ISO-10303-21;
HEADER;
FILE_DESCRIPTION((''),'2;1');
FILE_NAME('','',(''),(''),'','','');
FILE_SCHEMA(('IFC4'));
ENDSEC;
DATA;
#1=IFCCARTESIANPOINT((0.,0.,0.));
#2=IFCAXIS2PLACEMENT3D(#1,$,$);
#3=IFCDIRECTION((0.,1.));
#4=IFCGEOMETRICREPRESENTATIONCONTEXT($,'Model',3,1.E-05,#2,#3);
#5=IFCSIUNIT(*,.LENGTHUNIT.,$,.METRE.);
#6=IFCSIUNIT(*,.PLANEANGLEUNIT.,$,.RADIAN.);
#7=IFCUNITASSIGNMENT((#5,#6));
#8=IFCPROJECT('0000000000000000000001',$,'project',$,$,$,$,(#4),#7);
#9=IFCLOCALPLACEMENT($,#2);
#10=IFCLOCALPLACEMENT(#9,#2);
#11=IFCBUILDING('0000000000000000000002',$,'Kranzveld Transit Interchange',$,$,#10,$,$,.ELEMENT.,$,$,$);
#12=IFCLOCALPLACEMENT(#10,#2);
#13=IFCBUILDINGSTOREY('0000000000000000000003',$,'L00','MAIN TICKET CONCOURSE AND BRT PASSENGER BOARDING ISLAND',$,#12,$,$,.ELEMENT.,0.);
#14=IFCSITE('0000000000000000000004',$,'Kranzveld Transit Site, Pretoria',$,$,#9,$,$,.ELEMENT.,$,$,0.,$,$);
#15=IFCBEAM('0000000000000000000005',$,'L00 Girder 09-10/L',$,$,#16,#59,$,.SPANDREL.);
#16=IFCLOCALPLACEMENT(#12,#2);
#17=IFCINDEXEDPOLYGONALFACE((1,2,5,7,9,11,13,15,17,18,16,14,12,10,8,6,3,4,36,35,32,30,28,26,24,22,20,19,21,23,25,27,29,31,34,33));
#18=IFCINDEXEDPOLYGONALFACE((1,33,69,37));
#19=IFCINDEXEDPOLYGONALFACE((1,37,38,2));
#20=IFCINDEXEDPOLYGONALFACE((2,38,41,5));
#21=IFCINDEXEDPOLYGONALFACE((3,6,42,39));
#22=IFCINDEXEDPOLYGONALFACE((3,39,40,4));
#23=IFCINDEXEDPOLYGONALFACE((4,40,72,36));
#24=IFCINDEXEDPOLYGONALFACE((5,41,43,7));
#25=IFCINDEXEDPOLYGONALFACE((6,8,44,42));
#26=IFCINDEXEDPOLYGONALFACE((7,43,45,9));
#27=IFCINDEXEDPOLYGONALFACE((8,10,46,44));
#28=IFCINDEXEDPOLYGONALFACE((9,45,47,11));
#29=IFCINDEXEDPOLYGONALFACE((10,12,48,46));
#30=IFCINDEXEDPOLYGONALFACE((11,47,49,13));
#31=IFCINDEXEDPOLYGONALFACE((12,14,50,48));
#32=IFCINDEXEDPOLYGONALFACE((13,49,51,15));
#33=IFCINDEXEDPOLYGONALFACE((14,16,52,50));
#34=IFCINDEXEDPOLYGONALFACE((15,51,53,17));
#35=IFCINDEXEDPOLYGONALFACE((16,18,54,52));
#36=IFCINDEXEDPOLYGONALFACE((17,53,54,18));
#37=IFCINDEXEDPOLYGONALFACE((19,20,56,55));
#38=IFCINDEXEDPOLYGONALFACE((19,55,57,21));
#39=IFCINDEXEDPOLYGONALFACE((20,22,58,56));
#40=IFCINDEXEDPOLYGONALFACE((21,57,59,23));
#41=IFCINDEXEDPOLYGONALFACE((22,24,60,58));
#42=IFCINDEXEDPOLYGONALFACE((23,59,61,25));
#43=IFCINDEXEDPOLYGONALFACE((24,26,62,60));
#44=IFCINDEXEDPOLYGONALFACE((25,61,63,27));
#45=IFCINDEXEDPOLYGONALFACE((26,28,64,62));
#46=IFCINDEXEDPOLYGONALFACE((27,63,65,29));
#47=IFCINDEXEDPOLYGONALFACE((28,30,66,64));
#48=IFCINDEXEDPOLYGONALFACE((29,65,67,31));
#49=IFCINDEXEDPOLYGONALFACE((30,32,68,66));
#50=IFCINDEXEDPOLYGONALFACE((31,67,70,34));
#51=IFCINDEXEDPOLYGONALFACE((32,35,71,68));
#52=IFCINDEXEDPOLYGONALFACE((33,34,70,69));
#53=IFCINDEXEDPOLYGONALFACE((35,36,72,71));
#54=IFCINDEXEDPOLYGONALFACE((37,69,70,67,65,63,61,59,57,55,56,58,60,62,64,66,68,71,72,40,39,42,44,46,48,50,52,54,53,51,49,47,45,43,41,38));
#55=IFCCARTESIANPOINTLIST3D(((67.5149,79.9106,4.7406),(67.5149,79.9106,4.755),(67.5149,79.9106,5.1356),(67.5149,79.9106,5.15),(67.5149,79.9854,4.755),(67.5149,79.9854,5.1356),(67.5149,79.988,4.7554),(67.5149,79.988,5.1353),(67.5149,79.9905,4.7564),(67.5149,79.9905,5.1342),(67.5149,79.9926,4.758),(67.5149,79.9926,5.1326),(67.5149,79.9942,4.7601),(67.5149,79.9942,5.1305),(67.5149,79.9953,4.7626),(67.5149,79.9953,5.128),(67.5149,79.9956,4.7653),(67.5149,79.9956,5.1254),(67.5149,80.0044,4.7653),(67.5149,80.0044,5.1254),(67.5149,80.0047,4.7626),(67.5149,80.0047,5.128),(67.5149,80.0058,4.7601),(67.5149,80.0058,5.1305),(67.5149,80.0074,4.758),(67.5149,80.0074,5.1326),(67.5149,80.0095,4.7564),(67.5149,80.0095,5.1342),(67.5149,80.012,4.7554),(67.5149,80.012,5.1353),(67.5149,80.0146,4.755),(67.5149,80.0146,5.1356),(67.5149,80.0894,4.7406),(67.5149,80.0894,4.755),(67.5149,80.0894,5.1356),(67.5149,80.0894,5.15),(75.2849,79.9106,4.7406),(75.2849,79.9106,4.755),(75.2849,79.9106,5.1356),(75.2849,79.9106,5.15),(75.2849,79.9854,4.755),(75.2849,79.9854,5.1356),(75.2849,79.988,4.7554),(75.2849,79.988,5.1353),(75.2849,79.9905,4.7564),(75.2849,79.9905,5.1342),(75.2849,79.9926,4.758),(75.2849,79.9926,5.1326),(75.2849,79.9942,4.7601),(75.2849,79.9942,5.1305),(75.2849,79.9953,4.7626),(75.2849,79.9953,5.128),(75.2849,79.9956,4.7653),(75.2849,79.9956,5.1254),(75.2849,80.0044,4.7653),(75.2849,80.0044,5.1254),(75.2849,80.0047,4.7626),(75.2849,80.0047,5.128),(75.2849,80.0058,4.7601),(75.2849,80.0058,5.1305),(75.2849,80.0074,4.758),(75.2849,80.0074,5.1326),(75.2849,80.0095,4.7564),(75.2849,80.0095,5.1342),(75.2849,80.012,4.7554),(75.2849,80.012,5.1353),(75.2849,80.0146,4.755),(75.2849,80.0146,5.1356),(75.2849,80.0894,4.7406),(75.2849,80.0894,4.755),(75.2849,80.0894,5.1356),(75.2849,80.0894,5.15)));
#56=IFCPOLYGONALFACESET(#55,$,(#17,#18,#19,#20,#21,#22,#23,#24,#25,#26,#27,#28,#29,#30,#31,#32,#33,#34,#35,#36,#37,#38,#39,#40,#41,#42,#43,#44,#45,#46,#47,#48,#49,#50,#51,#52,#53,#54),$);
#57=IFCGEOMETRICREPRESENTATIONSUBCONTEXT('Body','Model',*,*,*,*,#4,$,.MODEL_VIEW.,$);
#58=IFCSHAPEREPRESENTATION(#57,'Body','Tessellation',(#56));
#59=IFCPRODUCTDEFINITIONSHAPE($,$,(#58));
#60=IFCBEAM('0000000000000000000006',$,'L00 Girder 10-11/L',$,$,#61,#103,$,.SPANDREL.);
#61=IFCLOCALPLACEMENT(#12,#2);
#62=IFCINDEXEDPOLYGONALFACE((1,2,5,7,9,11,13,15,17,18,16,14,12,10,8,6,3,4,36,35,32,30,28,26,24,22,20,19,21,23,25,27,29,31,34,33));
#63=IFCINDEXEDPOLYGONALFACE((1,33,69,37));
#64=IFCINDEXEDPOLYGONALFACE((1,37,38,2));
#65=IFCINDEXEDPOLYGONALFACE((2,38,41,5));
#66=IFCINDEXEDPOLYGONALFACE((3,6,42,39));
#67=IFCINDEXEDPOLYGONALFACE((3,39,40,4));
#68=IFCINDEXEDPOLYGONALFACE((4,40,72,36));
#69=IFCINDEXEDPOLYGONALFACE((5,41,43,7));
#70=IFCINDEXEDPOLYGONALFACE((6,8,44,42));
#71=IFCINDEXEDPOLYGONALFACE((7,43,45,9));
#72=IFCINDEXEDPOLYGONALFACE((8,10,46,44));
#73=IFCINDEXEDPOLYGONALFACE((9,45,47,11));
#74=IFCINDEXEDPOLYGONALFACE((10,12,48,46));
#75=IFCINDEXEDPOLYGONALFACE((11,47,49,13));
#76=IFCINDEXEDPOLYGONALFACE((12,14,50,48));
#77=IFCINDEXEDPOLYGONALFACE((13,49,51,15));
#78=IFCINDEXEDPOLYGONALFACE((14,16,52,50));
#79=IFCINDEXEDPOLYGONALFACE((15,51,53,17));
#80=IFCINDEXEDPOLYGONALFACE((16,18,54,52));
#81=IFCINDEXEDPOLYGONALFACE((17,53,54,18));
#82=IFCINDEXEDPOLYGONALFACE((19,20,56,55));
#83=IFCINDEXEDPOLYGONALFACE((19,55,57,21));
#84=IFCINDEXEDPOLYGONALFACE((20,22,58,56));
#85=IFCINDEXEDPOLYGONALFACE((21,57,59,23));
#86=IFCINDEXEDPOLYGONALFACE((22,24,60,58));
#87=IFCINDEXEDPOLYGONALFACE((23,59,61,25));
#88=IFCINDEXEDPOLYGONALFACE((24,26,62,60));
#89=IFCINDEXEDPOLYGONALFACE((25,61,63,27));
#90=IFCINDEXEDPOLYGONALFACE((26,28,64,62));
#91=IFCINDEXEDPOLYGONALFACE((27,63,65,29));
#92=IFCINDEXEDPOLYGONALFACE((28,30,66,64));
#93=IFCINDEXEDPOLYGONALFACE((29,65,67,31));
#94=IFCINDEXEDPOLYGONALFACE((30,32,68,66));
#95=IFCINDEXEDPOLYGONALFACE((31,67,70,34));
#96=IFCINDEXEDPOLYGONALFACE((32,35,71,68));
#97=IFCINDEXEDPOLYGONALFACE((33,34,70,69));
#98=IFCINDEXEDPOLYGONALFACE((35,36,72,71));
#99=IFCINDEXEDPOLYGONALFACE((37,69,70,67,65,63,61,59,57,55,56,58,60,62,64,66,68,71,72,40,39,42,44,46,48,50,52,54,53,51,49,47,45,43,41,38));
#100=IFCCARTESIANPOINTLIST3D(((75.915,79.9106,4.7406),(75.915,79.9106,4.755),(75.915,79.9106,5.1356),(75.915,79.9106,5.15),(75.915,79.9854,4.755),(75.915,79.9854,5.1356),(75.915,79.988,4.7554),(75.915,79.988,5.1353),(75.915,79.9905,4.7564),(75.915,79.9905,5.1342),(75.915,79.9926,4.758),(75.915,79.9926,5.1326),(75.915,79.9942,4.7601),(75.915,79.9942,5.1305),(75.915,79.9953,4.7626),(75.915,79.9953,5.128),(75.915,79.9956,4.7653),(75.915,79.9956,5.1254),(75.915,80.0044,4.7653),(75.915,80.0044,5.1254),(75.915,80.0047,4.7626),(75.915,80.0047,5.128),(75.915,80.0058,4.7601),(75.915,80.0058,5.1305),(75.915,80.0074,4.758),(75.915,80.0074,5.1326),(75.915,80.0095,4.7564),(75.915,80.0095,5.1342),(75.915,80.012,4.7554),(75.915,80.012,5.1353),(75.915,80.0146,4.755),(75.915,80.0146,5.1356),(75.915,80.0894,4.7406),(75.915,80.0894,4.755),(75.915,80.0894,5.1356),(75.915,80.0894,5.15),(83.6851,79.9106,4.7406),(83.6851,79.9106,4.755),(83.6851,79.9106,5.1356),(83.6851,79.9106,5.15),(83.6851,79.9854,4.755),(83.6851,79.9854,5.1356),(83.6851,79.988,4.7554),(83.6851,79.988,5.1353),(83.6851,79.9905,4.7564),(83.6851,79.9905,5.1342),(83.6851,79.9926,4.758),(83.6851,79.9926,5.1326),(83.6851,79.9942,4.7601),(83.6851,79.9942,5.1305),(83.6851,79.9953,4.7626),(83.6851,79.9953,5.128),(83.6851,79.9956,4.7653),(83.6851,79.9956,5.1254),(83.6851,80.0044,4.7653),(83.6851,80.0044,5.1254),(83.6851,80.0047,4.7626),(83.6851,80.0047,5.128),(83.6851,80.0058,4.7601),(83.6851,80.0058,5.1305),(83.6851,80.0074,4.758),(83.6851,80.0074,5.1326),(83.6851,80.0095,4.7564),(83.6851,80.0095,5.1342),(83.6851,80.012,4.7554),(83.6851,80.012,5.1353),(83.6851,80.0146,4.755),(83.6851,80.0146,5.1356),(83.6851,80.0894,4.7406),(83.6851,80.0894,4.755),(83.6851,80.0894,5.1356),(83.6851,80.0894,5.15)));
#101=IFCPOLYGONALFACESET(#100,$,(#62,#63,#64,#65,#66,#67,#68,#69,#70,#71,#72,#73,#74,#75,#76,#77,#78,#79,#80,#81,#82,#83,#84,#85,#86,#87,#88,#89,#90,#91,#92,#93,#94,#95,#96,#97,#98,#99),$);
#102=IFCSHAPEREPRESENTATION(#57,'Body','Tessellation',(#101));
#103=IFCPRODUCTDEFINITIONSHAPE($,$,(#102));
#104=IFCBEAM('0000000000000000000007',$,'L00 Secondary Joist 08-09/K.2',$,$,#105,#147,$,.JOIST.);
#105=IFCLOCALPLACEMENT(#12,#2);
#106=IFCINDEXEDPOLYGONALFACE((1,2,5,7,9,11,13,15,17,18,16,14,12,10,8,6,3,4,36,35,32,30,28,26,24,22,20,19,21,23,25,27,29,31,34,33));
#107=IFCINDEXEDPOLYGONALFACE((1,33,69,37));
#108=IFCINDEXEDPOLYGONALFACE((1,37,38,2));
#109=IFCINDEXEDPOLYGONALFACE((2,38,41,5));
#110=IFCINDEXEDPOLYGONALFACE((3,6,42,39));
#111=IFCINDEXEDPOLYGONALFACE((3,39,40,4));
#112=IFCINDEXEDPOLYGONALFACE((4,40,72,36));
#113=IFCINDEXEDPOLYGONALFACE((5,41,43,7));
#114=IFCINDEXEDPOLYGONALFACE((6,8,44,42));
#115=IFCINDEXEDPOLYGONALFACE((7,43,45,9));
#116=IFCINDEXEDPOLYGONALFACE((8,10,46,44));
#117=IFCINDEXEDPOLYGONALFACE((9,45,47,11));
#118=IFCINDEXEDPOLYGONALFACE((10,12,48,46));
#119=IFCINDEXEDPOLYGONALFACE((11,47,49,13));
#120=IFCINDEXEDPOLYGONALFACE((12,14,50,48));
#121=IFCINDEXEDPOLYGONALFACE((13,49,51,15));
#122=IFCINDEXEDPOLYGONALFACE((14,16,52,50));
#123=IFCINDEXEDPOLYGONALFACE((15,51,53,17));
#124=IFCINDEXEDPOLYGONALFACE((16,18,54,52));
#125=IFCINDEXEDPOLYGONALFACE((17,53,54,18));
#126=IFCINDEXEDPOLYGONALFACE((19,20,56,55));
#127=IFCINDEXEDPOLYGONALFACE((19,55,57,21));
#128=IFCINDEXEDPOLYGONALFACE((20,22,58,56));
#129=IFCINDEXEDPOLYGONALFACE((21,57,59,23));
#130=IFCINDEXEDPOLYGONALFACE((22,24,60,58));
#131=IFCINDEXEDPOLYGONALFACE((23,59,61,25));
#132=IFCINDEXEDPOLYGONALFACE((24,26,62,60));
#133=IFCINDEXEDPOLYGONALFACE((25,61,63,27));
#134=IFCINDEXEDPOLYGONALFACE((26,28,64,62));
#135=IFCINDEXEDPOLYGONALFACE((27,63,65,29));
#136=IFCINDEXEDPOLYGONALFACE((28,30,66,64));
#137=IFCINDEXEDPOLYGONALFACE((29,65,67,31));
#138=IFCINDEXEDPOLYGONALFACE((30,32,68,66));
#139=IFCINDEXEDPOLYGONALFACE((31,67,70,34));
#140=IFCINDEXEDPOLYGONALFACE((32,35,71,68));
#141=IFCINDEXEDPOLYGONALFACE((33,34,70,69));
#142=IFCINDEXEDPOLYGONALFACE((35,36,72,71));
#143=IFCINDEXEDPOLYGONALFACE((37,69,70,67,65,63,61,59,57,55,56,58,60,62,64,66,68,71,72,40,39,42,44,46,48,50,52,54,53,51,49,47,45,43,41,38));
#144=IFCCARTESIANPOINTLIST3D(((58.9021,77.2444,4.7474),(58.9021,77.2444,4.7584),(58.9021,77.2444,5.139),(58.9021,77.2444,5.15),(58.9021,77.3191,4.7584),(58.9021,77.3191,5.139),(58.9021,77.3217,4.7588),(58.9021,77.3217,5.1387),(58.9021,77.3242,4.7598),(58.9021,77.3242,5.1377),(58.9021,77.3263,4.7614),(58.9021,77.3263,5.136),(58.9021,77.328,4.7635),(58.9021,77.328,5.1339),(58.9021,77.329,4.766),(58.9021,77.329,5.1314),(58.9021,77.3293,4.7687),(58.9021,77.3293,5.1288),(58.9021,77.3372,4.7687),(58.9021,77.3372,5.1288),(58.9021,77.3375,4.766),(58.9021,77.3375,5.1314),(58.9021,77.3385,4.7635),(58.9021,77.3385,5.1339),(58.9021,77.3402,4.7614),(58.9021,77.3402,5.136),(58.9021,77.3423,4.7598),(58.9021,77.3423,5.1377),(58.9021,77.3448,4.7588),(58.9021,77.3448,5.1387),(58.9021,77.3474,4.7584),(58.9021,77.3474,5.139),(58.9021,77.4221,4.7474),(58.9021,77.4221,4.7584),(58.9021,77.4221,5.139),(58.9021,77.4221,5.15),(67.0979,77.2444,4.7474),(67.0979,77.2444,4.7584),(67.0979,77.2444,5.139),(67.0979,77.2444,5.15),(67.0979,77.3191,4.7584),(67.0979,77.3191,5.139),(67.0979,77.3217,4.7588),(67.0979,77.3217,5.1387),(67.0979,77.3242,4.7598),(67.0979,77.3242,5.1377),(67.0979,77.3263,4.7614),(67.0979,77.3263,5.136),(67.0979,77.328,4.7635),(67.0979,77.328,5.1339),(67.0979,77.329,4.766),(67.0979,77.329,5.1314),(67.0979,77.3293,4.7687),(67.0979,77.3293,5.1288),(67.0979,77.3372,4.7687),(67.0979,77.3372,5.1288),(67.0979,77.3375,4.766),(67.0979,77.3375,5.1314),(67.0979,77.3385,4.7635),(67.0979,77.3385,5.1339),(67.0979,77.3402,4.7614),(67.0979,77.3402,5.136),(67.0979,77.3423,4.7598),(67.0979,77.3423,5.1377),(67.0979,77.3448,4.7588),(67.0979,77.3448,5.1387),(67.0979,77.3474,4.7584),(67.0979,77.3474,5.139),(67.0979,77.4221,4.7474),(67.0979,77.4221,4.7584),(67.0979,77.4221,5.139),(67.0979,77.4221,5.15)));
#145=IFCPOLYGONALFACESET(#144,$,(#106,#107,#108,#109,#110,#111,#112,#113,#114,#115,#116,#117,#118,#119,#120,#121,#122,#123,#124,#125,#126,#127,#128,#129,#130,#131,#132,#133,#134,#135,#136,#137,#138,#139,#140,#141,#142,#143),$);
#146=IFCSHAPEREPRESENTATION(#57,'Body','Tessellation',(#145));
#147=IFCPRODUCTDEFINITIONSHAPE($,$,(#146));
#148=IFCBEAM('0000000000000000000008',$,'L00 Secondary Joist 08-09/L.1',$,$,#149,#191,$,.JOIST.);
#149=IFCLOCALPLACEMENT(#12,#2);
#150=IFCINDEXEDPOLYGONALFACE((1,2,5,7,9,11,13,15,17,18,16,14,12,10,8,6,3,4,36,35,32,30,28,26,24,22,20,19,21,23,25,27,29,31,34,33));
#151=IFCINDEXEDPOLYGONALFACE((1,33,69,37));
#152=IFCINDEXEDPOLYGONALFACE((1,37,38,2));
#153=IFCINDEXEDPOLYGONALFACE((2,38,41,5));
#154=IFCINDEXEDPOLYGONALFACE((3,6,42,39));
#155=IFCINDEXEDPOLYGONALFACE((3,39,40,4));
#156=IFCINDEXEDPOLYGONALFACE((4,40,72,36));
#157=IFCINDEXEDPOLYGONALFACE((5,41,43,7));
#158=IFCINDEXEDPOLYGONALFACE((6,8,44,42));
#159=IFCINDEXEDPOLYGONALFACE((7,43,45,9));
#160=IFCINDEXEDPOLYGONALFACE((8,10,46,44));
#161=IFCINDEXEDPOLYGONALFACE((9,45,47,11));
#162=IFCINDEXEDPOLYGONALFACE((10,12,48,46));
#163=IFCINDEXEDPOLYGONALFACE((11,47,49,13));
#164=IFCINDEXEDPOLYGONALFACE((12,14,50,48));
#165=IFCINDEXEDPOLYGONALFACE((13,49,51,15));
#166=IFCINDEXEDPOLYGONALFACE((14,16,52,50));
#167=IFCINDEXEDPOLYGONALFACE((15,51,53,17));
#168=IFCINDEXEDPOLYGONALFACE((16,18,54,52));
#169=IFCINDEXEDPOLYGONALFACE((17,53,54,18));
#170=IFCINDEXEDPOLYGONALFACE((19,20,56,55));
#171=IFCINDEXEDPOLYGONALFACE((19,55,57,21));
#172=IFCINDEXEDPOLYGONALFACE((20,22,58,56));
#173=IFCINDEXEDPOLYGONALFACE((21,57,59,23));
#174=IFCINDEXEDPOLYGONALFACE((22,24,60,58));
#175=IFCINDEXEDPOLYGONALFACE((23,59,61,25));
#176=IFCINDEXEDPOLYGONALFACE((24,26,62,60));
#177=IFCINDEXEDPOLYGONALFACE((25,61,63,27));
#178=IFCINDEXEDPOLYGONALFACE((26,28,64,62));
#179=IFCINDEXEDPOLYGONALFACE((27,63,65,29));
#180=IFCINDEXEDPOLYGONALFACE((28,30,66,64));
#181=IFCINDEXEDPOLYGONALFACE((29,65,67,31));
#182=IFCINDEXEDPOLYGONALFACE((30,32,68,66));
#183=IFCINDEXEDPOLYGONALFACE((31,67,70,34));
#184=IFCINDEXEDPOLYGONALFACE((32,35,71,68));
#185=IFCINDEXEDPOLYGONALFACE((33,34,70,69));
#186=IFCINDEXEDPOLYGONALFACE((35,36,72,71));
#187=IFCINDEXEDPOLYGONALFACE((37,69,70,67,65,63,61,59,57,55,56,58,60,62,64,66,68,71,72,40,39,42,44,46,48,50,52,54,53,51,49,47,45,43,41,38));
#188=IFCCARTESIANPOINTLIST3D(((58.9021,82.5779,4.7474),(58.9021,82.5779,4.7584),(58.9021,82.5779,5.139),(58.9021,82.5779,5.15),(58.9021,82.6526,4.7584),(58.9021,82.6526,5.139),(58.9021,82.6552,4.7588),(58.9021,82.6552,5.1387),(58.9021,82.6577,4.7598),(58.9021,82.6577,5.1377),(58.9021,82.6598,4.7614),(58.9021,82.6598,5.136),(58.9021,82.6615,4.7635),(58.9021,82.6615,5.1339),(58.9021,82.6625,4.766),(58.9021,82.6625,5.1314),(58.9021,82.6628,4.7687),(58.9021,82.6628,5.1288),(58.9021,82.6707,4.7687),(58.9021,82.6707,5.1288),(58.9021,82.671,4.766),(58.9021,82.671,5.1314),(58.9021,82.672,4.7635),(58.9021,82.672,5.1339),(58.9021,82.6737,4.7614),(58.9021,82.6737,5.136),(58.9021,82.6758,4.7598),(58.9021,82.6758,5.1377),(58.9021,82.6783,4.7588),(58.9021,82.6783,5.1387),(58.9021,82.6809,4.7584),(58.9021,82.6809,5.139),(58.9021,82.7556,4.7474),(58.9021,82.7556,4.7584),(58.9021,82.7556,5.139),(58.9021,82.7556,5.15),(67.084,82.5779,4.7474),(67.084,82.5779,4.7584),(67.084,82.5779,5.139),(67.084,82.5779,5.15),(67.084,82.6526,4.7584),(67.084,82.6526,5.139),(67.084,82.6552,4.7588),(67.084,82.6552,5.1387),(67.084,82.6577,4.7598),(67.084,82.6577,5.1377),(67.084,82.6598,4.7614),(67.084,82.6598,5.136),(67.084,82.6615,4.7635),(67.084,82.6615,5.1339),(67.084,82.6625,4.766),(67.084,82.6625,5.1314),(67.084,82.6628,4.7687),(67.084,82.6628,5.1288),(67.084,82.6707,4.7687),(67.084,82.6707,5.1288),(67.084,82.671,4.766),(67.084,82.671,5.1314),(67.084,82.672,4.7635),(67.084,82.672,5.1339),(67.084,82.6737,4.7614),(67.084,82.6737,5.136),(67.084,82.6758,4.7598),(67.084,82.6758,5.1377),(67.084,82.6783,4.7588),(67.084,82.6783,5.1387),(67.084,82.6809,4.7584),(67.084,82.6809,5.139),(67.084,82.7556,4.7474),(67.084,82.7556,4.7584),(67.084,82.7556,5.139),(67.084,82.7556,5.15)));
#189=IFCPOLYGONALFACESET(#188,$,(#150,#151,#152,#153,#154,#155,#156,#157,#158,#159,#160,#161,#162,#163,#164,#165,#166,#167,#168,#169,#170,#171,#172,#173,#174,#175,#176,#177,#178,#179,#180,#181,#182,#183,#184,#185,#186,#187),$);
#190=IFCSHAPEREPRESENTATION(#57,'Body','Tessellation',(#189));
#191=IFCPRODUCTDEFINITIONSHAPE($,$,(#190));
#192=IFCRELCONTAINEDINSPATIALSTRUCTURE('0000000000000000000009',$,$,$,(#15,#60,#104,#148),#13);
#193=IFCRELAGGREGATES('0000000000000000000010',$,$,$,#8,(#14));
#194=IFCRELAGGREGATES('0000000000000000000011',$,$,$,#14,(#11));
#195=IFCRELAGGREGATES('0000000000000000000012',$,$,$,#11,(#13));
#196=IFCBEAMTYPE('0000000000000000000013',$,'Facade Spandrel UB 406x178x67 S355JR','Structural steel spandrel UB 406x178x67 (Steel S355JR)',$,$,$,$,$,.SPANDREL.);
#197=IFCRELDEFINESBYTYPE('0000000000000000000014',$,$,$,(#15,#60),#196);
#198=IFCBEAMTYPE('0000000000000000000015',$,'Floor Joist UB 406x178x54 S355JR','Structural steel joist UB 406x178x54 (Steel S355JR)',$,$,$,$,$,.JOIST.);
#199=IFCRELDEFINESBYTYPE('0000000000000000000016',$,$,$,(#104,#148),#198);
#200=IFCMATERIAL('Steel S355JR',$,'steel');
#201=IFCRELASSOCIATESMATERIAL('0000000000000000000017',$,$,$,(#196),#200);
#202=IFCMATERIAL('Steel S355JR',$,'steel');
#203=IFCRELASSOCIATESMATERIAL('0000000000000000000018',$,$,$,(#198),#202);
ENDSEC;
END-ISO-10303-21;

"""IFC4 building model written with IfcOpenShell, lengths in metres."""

from ifc_helpers import new_model, si_unit, direction, frame, origin, origin_2d, place, context, subcontext, project, spatial, i_section, extrude, material, material_profile, profile_set, type_object, element, save


model = new_model("IFC4")

# Units and contexts
model_context = context("Model", 3, precision=1e-05, world=origin(), true_north=direction((0.0, 1.0)))
body_context = subcontext(model_context, "Body", "Model", "MODEL_VIEW")
ifc_project = project(units=[si_unit("LENGTHUNIT", "METRE"), si_unit("PLANEANGLEUNIT", "RADIAN")], contexts=[model_context])

# Site, building, storey
site_placement = place(None, origin())
site = spatial("IfcSite", under=ifc_project, at=site_placement, Name="Kranzveld Transit Site, Pretoria", CompositionType="ELEMENT", RefElevation=0.0)
building_placement = place(site_placement, origin())
building = spatial("IfcBuilding", under=site, at=building_placement, Name="Kranzveld Transit Interchange", CompositionType="ELEMENT")
storey_placement = place(building_placement, origin())
storey = spatial("IfcBuildingStorey", under=building, at=storey_placement, Name="L00", Description="MAIN TICKET CONCOURSE AND BRT PASSENGER BOARDING ISLAND", CompositionType="ELEMENT", Elevation=0.0)

# Beams
ifc_material_1 = material(Name="Steel S355JR", Category="steel")
ifc_material_profile_1 = material_profile(ifc_material_1, i_section(OverallWidth=0.1787, OverallDepth=0.4094, WebThickness=0.0088, FlangeThickness=0.0144, FilletRadius=0.0103, at=origin_2d()), Name="UB 406x178x67")
ifc_profile_set_1 = profile_set([ifc_material_profile_1], Name="Steel S355JR")
beam_type_1 = type_object("IfcBeamType", Name="Facade Spandrel UB 406x178x67 S355JR", Description="Structural steel spandrel UB 406x178x67 (Steel S355JR)", PredefinedType="SPANDREL", material=ifc_profile_set_1)
for number, where, z_axis, x_axis, name in (
    (1, (67.5149, 80.0, 4.9453), (1.0, 0.0, 0.0), (0.0, 1.0, 0.0), "L00 Girder 09-10/L"),
    (2, (75.915, 80.0, 4.9453), (1.0, 0.0, 0.0), (0.0, 1.0, 0.0), "L00 Girder 10-11/L"),
):
    element("IfcBeam", number, at=place(storey_placement, frame(where, z_axis=z_axis, x_axis=x_axis)), inside=storey, type_object=beam_type_1, Name=name, PredefinedType="SPANDREL", context=body_context, shape_type="SweptSolid", body=[
        extrude(i_section(OverallWidth=0.1787, OverallDepth=0.4094, WebThickness=0.0088, FlangeThickness=0.0144, FilletRadius=0.0103, at=origin_2d()), origin(), (0.0, 0.0, 1.0), 7.77),
    ])
ifc_material_2 = material(Name="Steel S355JR", Category="steel")
ifc_material_profile_2 = material_profile(ifc_material_2, i_section(OverallWidth=0.1777, OverallDepth=0.4026, WebThickness=0.0078, FlangeThickness=0.011, FilletRadius=0.0103, at=origin_2d()), Name="UB 406x178x54")
ifc_profile_set_2 = profile_set([ifc_material_profile_2], Name="Steel S355JR")
beam_type_2 = type_object("IfcBeamType", Name="Floor Joist UB 406x178x54 S355JR", Description="Structural steel joist UB 406x178x54 (Steel S355JR)", PredefinedType="JOIST", material=ifc_profile_set_2)
beam_1_placement = place(storey_placement, frame((58.9021, 77.3333, 4.9487), z_axis=(1.0, 0.0, 0.0), x_axis=(0.0, 1.0, 0.0)))
element("IfcBeam", 3, at=beam_1_placement, inside=storey, type_object=beam_type_2, Name="L00 Secondary Joist 08-09/K.2", PredefinedType="JOIST", context=body_context, shape_type="SweptSolid", body=[
    extrude(i_section(OverallWidth=0.1777, OverallDepth=0.4026, WebThickness=0.0078, FlangeThickness=0.011, FilletRadius=0.0103, at=origin_2d()), origin(), (0.0, 0.0, 1.0), 8.1958),
])
for number, where, z_axis, x_axis, name in (
    (4, (58.9021, 82.6667, 4.9487), (1.0, 0.0, 0.0), (0.0, 1.0, 0.0), "L00 Secondary Joist 08-09/L.1"),
):
    element("IfcBeam", number, at=place(storey_placement, frame(where, z_axis=z_axis, x_axis=x_axis)), inside=storey, type_object=beam_type_2, Name=name, PredefinedType="JOIST", context=body_context, shape_type="SweptSolid", body=[
        extrude(i_section(OverallWidth=0.1777, OverallDepth=0.4026, WebThickness=0.0078, FlangeThickness=0.011, FilletRadius=0.0103, at=origin_2d()), origin(), (0.0, 0.0, 1.0), 8.1819),
    ])

save(model, "model.ifc")
